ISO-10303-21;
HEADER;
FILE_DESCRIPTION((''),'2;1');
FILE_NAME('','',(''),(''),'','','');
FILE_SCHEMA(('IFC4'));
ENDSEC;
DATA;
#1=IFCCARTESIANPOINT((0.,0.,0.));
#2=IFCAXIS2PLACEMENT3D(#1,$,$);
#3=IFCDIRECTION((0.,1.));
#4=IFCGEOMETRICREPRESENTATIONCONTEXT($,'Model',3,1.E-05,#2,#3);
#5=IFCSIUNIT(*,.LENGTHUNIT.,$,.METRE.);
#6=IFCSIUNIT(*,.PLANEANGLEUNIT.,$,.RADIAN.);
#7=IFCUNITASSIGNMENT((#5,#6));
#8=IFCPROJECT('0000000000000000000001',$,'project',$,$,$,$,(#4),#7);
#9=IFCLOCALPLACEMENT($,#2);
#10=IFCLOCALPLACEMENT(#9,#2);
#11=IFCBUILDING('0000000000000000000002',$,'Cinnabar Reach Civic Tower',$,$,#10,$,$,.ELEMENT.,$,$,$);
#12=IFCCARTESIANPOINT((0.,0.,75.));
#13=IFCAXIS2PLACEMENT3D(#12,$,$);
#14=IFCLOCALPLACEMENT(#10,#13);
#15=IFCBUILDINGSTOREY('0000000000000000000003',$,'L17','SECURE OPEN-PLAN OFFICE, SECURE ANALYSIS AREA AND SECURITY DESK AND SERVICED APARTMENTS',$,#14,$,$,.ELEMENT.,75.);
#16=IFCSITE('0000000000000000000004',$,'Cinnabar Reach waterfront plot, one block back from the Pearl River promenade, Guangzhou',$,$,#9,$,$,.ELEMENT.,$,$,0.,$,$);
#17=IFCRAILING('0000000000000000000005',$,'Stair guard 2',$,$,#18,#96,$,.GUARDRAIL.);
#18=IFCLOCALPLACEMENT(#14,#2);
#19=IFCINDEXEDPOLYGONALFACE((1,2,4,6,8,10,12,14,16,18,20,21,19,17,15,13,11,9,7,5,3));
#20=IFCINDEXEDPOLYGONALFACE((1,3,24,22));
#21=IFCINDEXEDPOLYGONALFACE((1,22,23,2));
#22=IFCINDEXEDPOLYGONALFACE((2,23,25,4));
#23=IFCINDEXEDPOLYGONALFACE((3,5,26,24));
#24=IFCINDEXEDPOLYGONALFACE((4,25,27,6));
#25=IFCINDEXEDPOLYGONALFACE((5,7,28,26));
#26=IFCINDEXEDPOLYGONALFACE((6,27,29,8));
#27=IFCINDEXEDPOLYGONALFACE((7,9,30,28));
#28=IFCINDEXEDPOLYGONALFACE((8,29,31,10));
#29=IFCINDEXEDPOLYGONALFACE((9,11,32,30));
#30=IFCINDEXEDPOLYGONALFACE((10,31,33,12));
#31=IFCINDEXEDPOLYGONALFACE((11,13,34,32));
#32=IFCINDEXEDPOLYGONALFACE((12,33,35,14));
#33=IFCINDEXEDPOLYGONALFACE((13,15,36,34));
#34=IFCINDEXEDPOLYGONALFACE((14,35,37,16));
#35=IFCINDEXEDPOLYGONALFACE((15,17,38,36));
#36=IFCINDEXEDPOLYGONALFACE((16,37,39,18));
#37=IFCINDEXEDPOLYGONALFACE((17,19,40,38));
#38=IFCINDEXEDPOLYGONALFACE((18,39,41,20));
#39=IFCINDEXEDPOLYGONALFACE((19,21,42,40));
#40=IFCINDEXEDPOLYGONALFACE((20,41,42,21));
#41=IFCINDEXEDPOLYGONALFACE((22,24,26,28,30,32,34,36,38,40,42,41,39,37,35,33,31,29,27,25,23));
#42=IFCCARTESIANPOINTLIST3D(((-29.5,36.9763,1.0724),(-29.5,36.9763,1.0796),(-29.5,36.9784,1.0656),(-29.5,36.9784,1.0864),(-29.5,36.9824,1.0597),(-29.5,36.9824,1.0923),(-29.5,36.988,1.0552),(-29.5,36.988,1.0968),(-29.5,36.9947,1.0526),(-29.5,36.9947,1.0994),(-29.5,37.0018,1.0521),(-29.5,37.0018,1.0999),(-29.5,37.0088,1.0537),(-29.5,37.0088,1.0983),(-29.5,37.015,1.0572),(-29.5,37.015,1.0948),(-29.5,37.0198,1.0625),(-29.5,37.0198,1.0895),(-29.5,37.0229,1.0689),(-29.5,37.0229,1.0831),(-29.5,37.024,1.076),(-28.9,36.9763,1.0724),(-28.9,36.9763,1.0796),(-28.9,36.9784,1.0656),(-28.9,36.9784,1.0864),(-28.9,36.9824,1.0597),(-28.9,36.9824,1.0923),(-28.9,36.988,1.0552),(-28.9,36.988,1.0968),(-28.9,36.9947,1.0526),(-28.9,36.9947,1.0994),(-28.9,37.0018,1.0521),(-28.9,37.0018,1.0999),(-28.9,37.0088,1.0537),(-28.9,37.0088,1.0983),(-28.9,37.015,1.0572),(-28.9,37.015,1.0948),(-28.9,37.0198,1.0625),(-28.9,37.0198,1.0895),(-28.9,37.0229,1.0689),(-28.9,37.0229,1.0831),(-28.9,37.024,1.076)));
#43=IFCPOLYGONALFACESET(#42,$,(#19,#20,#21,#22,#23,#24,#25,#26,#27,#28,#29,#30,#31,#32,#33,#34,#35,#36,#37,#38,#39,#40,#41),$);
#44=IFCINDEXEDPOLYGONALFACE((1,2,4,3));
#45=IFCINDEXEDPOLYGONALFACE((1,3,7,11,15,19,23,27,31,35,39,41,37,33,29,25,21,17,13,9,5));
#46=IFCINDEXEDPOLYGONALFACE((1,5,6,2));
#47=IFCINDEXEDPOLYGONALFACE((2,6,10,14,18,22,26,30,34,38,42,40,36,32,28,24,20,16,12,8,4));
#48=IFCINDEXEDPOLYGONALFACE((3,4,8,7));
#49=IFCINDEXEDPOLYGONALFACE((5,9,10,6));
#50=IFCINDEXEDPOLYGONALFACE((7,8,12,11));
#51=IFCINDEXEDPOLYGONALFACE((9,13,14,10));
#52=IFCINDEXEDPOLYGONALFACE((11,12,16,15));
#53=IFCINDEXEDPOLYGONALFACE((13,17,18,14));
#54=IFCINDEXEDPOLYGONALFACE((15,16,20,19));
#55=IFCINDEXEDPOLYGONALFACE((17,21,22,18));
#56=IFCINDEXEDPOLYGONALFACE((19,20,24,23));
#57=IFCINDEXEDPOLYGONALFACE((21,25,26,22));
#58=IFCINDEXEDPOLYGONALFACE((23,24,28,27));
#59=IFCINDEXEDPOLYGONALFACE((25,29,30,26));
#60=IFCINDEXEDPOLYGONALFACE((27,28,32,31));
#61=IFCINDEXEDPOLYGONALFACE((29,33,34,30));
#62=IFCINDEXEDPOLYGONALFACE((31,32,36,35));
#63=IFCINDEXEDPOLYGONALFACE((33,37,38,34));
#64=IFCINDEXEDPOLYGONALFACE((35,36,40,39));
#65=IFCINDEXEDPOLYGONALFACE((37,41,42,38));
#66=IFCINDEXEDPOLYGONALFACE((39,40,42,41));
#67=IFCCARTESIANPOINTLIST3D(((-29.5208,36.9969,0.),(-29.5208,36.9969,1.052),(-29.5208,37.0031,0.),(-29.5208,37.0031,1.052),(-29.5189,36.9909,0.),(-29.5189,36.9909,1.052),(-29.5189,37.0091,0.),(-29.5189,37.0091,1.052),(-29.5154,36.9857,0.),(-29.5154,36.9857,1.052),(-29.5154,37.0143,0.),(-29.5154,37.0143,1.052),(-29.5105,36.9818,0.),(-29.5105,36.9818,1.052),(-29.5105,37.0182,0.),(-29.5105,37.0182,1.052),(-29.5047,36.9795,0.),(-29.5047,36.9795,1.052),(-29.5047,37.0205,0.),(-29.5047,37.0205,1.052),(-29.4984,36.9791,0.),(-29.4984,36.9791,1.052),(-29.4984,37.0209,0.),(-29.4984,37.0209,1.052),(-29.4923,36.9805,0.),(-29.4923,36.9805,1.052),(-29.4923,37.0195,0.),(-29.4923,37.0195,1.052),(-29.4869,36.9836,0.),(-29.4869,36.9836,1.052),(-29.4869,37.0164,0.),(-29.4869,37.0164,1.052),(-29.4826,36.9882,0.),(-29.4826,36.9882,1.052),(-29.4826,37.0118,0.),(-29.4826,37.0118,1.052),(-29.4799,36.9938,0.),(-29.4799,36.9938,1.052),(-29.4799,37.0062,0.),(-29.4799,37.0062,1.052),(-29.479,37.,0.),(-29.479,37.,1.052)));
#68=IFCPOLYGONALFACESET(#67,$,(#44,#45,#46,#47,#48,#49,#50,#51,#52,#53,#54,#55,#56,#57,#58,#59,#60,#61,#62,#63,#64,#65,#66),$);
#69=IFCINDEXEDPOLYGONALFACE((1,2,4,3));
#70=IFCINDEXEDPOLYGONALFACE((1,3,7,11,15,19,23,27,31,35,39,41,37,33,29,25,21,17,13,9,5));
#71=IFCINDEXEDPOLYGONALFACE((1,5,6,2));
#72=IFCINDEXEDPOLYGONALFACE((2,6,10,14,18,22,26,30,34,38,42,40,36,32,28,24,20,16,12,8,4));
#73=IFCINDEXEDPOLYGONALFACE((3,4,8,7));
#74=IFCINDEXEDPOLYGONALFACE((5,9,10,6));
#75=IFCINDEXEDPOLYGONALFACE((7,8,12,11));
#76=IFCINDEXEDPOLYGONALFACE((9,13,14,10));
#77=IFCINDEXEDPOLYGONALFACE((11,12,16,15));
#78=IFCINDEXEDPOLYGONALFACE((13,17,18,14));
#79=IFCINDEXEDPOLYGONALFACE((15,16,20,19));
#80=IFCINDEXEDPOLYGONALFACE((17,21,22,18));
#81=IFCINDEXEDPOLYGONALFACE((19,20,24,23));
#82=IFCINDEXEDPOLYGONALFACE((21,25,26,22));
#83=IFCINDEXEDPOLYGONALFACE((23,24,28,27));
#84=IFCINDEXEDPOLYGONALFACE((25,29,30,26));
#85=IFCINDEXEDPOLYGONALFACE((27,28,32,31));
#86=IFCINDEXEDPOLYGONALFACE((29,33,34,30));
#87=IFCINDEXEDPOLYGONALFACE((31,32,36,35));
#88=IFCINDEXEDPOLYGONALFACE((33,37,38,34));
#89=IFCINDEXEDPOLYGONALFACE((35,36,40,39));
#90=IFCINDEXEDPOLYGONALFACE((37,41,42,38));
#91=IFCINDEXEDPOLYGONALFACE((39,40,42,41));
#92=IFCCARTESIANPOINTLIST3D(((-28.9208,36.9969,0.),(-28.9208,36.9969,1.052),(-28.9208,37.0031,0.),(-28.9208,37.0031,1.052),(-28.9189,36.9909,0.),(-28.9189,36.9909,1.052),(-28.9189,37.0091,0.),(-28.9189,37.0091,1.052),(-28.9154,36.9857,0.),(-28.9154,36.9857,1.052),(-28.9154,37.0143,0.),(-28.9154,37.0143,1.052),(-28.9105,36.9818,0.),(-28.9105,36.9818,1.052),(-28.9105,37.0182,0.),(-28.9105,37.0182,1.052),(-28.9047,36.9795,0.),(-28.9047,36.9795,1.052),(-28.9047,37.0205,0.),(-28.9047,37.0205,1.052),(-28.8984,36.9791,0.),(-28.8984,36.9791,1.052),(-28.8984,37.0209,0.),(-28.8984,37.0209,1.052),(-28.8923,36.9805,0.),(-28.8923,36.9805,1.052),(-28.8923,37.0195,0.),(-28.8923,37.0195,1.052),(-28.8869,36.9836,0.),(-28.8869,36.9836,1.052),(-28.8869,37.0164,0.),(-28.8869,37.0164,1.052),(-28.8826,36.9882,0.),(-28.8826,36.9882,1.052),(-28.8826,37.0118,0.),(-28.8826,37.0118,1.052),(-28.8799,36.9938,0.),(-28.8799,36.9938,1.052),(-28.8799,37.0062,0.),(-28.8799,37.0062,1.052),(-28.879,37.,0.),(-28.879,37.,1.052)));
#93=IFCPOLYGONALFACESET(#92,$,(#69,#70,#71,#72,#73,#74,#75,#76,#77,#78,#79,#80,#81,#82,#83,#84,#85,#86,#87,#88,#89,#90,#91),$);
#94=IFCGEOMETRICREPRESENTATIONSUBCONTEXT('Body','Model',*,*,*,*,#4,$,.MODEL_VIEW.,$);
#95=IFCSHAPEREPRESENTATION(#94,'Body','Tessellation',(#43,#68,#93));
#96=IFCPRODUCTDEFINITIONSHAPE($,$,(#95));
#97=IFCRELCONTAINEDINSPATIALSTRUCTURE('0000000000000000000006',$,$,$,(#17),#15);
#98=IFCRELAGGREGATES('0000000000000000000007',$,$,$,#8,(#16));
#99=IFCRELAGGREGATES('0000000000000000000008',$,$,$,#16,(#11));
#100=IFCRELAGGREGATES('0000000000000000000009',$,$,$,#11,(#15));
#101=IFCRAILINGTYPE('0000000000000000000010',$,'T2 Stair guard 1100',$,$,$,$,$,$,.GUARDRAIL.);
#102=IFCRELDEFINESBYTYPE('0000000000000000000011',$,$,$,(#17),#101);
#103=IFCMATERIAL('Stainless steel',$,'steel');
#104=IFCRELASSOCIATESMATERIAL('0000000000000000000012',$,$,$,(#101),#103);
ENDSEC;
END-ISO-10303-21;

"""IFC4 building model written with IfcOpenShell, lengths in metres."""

from ifc_helpers import new_model, si_unit, direction, frame, origin, origin_2d, place, context, subcontext, project, spatial, circle, extrude, material, type_object, element, save


model = new_model("IFC4")

# Units and contexts
model_context = context("Model", 3, precision=1e-05, world=origin(), true_north=direction((0.0, 1.0)))
body_context = subcontext(model_context, "Body", "Model", "MODEL_VIEW")
ifc_project = project(units=[si_unit("LENGTHUNIT", "METRE"), si_unit("PLANEANGLEUNIT", "RADIAN")], contexts=[model_context])

# Site, building, storey
site_placement = place(None, origin())
site = spatial("IfcSite", under=ifc_project, at=site_placement, Name="Cinnabar Reach waterfront plot, one block back from the Pearl River promenade, Guangzhou", CompositionType="ELEMENT", RefElevation=0.0)
building_placement = place(site_placement, origin())
building = spatial("IfcBuilding", under=site, at=building_placement, Name="Cinnabar Reach Civic Tower", CompositionType="ELEMENT")
storey_placement = place(building_placement, frame((0.0, 0.0, 75.0)))
storey = spatial("IfcBuildingStorey", under=building, at=storey_placement, Name="L17", Description="SECURE OPEN-PLAN OFFICE, SECURE ANALYSIS AREA AND SECURITY DESK AND SERVICED APARTMENTS", CompositionType="ELEMENT", Elevation=75.0)

# Railing
ifc_material_1 = material(Name="Stainless steel", Category="steel")
railing_type = type_object("IfcRailingType", Name="T2 Stair guard 1100", PredefinedType="GUARDRAIL", material=ifc_material_1)
railing_1_placement = place(storey_placement, frame((-29.5, 37.0, 0.0)))
element("IfcRailing", 1, at=railing_1_placement, inside=storey, type_object=railing_type, Name="Stair guard 2", PredefinedType="GUARDRAIL", context=body_context, shape_type="SweptSolid", body=[
    extrude(circle(Radius=0.024, at=origin_2d()), frame((0.0, 0.0, 1.076), z_axis=(1.0, 0.0, 0.0), x_axis=(0.0, 1.0, 0.0)), (0.0, 0.0, 1.0), 0.6),
    extrude(circle(Radius=0.021, at=origin_2d()), origin(), (0.0, 0.0, 1.0), 1.052),
    extrude(circle(Radius=0.021, at=origin_2d()), frame((0.6, 0.0, 0.0)), (0.0, 0.0, 1.0), 1.052),
])

save(model, "model.ifc")
